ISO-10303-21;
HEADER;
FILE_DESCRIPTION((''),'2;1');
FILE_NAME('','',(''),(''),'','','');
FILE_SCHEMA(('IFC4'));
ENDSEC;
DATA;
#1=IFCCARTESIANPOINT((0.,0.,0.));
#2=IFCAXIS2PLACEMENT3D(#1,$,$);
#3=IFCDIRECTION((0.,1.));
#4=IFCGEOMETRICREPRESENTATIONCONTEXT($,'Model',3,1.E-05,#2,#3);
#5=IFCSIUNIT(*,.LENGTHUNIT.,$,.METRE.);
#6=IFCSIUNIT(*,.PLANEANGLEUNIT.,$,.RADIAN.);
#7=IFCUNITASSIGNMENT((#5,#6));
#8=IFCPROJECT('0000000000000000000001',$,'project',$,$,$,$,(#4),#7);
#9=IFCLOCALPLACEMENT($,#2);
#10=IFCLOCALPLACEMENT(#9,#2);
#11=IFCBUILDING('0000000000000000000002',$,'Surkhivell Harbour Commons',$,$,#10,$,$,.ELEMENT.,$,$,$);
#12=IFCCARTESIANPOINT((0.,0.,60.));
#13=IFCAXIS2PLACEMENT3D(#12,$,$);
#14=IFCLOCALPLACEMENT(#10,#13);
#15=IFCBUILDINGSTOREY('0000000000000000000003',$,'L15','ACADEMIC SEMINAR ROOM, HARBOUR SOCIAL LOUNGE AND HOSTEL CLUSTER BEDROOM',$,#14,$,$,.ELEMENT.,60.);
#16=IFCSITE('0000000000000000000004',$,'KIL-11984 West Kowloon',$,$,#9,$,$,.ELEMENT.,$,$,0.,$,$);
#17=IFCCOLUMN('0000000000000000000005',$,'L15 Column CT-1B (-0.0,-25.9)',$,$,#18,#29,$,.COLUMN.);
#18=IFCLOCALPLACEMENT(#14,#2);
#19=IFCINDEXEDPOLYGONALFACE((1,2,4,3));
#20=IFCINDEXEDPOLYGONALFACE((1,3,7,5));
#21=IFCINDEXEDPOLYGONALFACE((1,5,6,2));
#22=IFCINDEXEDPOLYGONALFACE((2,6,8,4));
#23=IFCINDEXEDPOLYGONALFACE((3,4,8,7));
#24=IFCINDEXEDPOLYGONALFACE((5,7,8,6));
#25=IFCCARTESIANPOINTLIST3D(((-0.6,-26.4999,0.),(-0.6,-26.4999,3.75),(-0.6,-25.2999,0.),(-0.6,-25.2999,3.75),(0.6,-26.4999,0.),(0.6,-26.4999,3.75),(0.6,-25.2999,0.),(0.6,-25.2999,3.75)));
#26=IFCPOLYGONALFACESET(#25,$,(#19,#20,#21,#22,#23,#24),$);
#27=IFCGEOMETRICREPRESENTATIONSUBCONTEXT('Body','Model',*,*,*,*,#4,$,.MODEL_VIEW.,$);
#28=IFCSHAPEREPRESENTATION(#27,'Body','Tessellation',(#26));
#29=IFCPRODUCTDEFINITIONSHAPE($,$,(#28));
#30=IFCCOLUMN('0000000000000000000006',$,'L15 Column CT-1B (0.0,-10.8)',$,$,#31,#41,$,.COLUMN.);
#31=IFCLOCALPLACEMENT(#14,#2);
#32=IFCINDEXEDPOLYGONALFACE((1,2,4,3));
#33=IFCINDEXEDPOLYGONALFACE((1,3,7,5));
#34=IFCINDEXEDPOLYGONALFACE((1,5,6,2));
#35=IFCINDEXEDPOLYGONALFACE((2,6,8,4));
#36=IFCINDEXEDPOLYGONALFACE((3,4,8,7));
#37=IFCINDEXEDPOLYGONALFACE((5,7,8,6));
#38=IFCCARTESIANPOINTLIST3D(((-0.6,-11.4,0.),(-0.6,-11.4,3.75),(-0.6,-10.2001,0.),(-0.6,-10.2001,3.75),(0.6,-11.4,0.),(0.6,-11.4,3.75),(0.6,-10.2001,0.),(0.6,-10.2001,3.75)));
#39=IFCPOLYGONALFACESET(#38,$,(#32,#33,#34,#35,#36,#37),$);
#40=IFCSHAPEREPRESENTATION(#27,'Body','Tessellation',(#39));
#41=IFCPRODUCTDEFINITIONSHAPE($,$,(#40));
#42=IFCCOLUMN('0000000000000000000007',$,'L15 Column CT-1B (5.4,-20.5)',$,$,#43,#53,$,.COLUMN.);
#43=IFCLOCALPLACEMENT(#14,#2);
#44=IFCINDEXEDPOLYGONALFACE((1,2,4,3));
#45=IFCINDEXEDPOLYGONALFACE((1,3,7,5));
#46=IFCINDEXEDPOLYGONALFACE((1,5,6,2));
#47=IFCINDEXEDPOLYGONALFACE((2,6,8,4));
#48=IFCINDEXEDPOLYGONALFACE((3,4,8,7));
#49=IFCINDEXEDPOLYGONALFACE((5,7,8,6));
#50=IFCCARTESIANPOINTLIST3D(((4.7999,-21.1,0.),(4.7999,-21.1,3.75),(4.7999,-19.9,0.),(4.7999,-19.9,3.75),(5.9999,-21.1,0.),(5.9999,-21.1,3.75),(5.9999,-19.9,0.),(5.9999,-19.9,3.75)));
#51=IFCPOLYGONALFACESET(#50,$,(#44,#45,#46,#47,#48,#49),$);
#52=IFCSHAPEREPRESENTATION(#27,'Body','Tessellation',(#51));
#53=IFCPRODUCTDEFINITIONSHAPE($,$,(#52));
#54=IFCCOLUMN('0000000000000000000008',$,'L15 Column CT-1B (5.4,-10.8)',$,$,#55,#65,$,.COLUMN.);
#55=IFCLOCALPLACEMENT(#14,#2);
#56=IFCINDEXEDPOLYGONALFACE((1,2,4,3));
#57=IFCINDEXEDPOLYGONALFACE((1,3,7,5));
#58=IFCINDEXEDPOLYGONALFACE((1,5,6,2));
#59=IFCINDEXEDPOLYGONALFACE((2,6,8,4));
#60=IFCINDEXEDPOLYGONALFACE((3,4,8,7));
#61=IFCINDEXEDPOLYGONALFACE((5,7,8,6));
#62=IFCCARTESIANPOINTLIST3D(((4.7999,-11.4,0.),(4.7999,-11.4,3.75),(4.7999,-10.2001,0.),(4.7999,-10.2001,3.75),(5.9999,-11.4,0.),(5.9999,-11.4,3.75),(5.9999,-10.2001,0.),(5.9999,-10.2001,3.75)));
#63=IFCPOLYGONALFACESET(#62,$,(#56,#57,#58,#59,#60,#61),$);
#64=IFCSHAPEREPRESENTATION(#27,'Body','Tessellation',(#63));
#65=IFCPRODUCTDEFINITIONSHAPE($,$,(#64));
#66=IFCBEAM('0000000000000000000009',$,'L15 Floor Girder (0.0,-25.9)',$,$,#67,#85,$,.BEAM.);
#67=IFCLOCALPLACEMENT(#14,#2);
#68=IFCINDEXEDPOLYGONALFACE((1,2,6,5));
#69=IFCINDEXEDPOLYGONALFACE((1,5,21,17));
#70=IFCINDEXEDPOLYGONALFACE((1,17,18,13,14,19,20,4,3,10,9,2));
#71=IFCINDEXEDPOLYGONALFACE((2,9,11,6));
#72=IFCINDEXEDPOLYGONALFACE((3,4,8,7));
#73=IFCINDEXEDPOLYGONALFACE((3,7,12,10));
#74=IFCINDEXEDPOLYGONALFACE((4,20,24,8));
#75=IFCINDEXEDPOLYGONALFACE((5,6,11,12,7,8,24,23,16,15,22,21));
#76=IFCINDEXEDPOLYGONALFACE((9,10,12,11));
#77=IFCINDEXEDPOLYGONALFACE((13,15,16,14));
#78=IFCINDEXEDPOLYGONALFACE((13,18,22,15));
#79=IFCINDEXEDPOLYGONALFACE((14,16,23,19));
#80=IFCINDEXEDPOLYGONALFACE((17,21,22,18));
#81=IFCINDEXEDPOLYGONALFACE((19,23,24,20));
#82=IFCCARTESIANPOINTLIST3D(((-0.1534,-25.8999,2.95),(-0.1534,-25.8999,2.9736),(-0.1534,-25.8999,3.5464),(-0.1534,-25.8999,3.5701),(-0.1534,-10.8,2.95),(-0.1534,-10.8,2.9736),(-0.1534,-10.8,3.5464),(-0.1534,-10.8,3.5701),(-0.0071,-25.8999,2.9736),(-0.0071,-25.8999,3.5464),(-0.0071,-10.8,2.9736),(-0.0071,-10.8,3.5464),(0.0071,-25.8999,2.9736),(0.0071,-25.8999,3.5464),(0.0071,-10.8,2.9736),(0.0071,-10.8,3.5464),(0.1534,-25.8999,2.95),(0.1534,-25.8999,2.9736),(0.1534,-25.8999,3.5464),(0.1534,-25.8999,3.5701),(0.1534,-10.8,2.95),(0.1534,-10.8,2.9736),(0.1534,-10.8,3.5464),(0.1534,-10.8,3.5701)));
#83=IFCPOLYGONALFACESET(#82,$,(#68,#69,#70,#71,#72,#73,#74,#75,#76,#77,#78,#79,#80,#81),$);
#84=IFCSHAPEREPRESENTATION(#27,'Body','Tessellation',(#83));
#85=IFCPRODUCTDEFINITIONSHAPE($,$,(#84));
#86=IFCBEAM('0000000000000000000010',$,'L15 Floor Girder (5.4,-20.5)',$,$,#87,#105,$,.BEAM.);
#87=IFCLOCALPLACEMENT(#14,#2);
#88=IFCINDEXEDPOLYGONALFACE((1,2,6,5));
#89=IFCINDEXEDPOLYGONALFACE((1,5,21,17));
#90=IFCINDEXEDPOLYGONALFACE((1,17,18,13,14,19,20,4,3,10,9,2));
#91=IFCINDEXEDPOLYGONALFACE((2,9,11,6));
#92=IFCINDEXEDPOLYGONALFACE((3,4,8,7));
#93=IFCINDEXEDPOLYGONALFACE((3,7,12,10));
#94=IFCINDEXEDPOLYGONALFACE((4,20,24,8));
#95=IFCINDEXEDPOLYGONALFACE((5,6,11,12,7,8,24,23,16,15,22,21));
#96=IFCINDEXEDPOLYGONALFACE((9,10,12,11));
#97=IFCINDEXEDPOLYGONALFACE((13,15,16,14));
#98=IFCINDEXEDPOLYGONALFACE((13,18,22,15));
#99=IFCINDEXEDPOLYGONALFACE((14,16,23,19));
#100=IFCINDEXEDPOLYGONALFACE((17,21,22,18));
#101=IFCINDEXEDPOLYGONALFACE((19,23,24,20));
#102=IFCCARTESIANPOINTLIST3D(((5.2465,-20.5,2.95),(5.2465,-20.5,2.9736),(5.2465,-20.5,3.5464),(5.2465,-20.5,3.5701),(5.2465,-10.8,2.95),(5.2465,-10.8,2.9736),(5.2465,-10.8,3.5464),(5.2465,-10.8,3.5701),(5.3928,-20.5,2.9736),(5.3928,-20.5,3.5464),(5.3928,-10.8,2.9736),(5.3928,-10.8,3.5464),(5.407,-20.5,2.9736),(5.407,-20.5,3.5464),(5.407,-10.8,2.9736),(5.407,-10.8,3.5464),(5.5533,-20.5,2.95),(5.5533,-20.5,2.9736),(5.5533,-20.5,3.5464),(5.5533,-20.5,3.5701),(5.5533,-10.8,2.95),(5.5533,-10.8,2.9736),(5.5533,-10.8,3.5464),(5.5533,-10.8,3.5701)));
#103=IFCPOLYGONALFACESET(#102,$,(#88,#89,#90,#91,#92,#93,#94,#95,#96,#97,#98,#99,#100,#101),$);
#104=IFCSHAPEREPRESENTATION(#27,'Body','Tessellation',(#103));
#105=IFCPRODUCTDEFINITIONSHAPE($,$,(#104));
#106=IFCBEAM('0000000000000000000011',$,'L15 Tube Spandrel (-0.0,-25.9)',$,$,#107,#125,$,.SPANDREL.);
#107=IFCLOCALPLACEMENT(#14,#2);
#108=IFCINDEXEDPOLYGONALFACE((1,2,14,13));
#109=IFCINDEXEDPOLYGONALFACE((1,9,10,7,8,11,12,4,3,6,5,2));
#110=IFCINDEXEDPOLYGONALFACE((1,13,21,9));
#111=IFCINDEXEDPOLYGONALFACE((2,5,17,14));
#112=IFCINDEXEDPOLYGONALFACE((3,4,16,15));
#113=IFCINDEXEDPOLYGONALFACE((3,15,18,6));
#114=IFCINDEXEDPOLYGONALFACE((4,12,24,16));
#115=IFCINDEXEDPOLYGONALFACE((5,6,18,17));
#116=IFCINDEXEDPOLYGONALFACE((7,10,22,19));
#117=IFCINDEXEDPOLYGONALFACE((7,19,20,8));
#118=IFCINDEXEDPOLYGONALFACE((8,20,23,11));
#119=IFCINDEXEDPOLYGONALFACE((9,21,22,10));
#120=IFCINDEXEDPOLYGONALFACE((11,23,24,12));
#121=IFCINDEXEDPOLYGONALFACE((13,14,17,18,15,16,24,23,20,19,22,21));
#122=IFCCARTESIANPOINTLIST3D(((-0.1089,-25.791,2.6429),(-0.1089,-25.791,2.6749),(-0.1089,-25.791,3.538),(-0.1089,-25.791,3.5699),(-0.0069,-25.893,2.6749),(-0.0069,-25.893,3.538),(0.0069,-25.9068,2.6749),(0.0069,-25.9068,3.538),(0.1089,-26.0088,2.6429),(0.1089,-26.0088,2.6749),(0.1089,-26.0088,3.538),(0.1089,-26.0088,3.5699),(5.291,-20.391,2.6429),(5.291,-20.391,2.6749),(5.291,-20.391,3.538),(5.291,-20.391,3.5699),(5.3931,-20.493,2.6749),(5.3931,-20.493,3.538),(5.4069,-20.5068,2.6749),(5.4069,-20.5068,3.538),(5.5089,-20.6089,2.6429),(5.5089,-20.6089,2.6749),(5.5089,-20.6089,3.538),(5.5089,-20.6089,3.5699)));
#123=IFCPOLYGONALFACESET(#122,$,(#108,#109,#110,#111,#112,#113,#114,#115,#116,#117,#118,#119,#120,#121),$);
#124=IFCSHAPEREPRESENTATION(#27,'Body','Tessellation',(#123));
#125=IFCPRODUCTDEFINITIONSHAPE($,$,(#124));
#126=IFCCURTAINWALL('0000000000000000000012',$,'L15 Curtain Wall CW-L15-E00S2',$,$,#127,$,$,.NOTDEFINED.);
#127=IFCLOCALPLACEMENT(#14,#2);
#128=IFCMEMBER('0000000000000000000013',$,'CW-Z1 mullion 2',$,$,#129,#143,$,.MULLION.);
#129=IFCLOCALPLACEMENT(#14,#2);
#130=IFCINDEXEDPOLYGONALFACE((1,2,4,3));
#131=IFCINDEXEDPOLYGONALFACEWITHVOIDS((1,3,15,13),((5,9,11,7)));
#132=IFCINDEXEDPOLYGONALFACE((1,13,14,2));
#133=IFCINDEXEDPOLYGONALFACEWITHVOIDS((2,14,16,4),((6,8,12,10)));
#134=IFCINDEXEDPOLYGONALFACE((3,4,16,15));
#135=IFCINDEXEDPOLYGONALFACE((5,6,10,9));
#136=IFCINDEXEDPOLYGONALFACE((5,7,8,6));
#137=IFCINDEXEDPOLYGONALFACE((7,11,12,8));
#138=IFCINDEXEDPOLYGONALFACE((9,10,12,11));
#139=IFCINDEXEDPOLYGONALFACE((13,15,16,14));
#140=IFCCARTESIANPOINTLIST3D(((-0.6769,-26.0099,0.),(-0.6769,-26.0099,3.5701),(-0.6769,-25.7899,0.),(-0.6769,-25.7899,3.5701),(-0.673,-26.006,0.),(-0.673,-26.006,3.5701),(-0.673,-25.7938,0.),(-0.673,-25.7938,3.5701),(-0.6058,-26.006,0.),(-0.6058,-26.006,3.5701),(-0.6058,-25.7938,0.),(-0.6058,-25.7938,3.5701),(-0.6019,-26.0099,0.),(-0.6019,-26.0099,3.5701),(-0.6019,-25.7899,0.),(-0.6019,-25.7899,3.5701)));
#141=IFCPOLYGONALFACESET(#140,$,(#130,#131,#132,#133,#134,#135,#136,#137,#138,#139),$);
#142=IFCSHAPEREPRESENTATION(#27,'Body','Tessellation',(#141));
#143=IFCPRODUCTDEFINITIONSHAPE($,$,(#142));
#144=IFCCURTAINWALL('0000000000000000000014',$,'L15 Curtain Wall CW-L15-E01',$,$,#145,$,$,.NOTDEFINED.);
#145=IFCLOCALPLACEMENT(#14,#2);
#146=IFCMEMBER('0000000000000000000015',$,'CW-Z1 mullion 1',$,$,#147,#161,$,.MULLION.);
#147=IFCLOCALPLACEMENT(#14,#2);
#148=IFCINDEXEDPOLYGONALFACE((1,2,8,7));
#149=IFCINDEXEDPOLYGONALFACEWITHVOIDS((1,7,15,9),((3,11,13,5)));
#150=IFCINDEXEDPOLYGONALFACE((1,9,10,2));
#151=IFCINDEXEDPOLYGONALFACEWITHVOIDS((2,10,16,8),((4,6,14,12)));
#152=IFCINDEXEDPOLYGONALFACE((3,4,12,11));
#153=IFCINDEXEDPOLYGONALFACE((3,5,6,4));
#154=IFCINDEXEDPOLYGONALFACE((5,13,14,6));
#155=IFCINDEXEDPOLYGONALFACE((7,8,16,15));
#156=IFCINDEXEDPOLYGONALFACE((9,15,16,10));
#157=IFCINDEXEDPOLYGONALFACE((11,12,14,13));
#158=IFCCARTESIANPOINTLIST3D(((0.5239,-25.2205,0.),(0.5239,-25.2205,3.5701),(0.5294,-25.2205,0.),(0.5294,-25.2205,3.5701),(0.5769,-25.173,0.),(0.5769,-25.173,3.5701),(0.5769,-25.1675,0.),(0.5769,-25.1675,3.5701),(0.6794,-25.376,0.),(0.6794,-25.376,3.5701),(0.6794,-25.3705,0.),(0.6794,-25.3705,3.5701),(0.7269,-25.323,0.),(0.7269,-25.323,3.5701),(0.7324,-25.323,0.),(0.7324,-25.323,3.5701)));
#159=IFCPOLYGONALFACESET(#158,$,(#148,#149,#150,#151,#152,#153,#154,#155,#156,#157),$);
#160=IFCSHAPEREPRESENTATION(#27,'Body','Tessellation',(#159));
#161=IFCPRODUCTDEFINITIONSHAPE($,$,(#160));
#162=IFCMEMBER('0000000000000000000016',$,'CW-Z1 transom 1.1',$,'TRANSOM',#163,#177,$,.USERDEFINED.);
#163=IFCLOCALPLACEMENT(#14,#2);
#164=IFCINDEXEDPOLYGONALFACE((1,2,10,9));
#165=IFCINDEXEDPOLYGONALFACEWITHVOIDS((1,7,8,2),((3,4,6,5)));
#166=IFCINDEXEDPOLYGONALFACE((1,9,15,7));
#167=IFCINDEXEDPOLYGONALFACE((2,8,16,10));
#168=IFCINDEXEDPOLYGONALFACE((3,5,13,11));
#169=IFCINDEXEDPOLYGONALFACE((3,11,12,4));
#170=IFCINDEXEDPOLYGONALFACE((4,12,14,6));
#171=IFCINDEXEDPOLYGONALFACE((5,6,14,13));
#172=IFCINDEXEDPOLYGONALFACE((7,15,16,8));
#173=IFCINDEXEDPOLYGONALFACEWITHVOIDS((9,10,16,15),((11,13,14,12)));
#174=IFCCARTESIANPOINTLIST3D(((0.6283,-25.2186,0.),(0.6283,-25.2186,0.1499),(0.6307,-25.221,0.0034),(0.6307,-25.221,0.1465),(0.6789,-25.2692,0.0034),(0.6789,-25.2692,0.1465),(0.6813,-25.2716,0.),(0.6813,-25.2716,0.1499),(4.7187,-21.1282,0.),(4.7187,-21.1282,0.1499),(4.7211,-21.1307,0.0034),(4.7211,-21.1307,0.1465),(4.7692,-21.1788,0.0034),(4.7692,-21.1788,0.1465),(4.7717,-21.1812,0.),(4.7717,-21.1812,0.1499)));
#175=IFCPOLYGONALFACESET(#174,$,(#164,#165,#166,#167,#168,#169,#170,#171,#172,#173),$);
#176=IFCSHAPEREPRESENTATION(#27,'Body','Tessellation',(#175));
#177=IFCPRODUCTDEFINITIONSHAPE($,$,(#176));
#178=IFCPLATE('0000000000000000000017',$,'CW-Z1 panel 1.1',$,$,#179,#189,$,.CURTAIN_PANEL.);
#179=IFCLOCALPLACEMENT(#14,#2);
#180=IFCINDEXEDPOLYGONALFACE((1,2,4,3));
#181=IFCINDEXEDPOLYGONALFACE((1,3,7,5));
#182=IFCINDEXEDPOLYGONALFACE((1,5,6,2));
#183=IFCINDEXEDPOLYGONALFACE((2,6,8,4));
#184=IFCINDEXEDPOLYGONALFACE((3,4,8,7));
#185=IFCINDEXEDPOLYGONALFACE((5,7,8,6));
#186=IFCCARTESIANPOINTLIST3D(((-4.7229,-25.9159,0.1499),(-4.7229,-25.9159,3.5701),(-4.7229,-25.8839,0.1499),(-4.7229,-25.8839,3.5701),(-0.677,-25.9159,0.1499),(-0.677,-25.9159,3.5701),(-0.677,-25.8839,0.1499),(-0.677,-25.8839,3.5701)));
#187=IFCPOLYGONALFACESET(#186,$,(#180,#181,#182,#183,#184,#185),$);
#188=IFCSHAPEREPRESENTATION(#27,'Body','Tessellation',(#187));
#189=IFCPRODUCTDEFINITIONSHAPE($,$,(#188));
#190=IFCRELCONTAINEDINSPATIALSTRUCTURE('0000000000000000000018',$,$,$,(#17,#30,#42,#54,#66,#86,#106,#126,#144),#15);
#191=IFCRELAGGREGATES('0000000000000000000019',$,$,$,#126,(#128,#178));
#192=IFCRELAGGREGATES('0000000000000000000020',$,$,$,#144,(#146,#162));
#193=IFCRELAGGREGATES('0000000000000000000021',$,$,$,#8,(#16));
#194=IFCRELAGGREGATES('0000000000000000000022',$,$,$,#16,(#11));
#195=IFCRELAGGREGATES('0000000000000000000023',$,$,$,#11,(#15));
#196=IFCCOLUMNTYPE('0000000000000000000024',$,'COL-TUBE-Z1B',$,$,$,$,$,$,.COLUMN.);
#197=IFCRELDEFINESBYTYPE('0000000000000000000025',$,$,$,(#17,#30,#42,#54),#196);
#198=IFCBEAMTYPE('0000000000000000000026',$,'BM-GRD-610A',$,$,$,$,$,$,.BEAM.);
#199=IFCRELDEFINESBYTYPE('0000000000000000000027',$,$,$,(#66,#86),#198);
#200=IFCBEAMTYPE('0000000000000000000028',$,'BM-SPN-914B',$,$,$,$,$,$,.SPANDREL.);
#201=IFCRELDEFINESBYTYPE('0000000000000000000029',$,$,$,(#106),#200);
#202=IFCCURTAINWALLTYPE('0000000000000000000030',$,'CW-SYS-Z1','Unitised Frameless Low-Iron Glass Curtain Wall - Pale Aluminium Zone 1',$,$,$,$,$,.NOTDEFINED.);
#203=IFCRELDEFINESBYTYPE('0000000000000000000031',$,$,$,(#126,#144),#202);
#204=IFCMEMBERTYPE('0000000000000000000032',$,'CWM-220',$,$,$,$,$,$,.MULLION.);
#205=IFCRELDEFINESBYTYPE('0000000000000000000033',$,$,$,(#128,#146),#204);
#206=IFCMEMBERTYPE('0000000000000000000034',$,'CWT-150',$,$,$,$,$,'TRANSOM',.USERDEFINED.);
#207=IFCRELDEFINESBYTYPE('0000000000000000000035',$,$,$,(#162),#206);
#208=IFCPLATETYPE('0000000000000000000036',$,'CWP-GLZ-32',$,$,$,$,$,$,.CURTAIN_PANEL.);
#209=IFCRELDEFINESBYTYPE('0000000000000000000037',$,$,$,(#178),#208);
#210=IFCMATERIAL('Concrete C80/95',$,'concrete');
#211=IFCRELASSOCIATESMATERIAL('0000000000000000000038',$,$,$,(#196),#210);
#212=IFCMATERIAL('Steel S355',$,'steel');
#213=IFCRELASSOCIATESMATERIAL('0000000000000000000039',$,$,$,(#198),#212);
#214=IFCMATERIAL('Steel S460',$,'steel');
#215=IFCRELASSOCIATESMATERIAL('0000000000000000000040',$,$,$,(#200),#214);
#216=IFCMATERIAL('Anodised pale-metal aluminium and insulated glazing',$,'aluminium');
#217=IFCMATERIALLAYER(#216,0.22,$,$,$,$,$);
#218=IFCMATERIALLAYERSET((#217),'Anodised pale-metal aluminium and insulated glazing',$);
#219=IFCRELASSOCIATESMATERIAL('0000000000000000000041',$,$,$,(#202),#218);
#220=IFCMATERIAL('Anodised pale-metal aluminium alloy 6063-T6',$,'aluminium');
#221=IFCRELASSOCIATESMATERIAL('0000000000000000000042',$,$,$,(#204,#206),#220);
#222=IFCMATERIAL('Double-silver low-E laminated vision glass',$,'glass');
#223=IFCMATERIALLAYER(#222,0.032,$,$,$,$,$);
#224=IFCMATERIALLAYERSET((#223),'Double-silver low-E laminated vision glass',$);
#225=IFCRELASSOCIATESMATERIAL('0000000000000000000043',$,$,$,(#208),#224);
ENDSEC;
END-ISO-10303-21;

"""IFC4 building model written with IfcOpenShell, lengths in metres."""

from ifc_helpers import new_model, si_unit, direction, frame, frame_2d, origin, origin_2d, place, context, subcontext, project, spatial, rectangle, hollow_rectangle, i_section, extrude, material, layer, layer_set, material_profile, profile_set, type_object, element, aggregate, save


model = new_model("IFC4")

# Units and contexts
model_context = context("Model", 3, precision=1e-05, world=origin(), true_north=direction((0.0, 1.0)))
body_context = subcontext(model_context, "Body", "Model", "MODEL_VIEW")
ifc_project = project(units=[si_unit("LENGTHUNIT", "METRE"), si_unit("PLANEANGLEUNIT", "RADIAN")], contexts=[model_context])

# Site, building, storey
site_placement = place(None, origin())
site = spatial("IfcSite", under=ifc_project, at=site_placement, Name="KIL-11984 West Kowloon", CompositionType="ELEMENT", RefElevation=0.0)
building_placement = place(site_placement, origin())
building = spatial("IfcBuilding", under=site, at=building_placement, Name="Surkhivell Harbour Commons", CompositionType="ELEMENT")
storey_placement = place(building_placement, frame((0.0, 0.0, 60.0)))
storey = spatial("IfcBuildingStorey", under=building, at=storey_placement, Name="L15", Description="ACADEMIC SEMINAR ROOM, HARBOUR SOCIAL LOUNGE AND HOSTEL CLUSTER BEDROOM", CompositionType="ELEMENT", Elevation=60.0)

# Columns
ifc_material_1 = material(Name="Concrete C80/95", Category="concrete")
ifc_material_profile_1 = material_profile(ifc_material_1, rectangle(XDim=1.2, YDim=1.2, at=origin_2d()), Name="RC-COL-1200x1200")
ifc_profile_set_1 = profile_set([ifc_material_profile_1], Name="Concrete C80/95")
column_type = type_object("IfcColumnType", Name="COL-TUBE-Z1B", PredefinedType="COLUMN", material=ifc_profile_set_1)
for number, where, z_axis, x_axis, name in (
    (1, (0.0, -25.8999, 0.0), (0.0, 0.0, 1.0), (1.0, 0.0, 0.0), "L15 Column CT-1B (-0.0,-25.9)"),
    (2, (0.0, -10.8, 0.0), (0.0, 0.0, 1.0), (1.0, 0.0, 0.0), "L15 Column CT-1B (0.0,-10.8)"),
    (3, (5.3999, -20.5, 0.0), (0.0, 0.0, 1.0), (1.0, 0.0, 0.0), "L15 Column CT-1B (5.4,-20.5)"),
    (4, (5.3999, -10.8, 0.0), (0.0, 0.0, 1.0), (1.0, 0.0, 0.0), "L15 Column CT-1B (5.4,-10.8)"),
):
    element("IfcColumn", number, at=place(storey_placement, frame(where, z_axis=z_axis, x_axis=x_axis)), inside=storey, type_object=column_type, Name=name, PredefinedType="COLUMN", context=body_context, shape_type="SweptSolid", body=[
        extrude(rectangle(XDim=1.2, YDim=1.2, at=origin_2d()), origin(), (0.0, 0.0, 1.0), 3.75),
    ])

# Beams
ifc_material_2 = material(Name="Steel S355", Category="steel")
ifc_material_profile_2 = material_profile(ifc_material_2, i_section(OverallWidth=0.3069, OverallDepth=0.6201, WebThickness=0.0142, FlangeThickness=0.0237, at=origin_2d()), Name="UB610x305x179")
ifc_profile_set_2 = profile_set([ifc_material_profile_2], Name="Steel S355")
beam_type_1 = type_object("IfcBeamType", Name="BM-GRD-610A", PredefinedType="BEAM", material=ifc_profile_set_2)
beam_1_placement = place(storey_placement, frame((0.0, -25.8999, 3.26), z_axis=(0.0, 1.0, 0.0), x_axis=(-1.0, 0.0, 0.0)))
element("IfcBeam", 5, at=beam_1_placement, inside=storey, type_object=beam_type_1, Name="L15 Floor Girder (0.0,-25.9)", PredefinedType="BEAM", context=body_context, shape_type="SweptSolid", body=[
    extrude(i_section(OverallWidth=0.3069, OverallDepth=0.6201, WebThickness=0.0142, FlangeThickness=0.0237, at=origin_2d()), origin(), (0.0, 0.0, 1.0), 15.0999),
])
beam_2_placement = place(storey_placement, frame((5.3999, -20.5, 3.26), z_axis=(0.0, 1.0, 0.0), x_axis=(-1.0, 0.0, 0.0)))
element("IfcBeam", 6, at=beam_2_placement, inside=storey, type_object=beam_type_1, Name="L15 Floor Girder (5.4,-20.5)", PredefinedType="BEAM", context=body_context, shape_type="SweptSolid", body=[
    extrude(i_section(OverallWidth=0.3069, OverallDepth=0.6201, WebThickness=0.0142, FlangeThickness=0.0237, at=origin_2d()), origin(), (0.0, 0.0, 1.0), 9.7),
])
ifc_material_3 = material(Name="Steel S460", Category="steel")
ifc_material_profile_3 = material_profile(ifc_material_3, i_section(OverallWidth=0.3081, OverallDepth=0.927, WebThickness=0.0195, FlangeThickness=0.032, at=origin_2d()), Name="UB914x305x289")
ifc_profile_set_3 = profile_set([ifc_material_profile_3], Name="Steel S460")
beam_type_2 = type_object("IfcBeamType", Name="BM-SPN-914B", PredefinedType="SPANDREL", material=ifc_profile_set_3)
beam_3_placement = place(storey_placement, frame((0.0, -25.8999, 3.1064), z_axis=(0.707107, 0.707107, 0.0), x_axis=(-0.707107, 0.707107, 0.0)))
element("IfcBeam", 7, at=beam_3_placement, inside=storey, type_object=beam_type_2, Name="L15 Tube Spandrel (-0.0,-25.9)", PredefinedType="SPANDREL", context=body_context, shape_type="SweptSolid", body=[
    extrude(i_section(OverallWidth=0.3081, OverallDepth=0.927, WebThickness=0.0195, FlangeThickness=0.032, at=origin_2d()), origin(), (0.0, 0.0, 1.0), 7.6367),
])

# Curtain wall, member
ifc_material_4 = material(Name="Anodised pale-metal aluminium and insulated glazing", Category="aluminium")
ifc_layer_1 = layer(ifc_material_4, 0.22)
ifc_layer_set_1 = layer_set([ifc_layer_1], Name="Anodised pale-metal aluminium and insulated glazing")
curtain_wall_type = type_object("IfcCurtainWallType", Name="CW-SYS-Z1", Description="Unitised Frameless Low-Iron Glass Curtain Wall - Pale Aluminium Zone 1", PredefinedType="NOTDEFINED", material=ifc_layer_set_1)
curtain_wall_1_placement = place(storey_placement, origin())
curtain_wall_1 = element("IfcCurtainWall", 8, at=curtain_wall_1_placement, inside=storey, type_object=curtain_wall_type, Name="L15 Curtain Wall CW-L15-E00S2", PredefinedType="NOTDEFINED")
ifc_material_5 = material(Name="Anodised pale-metal aluminium alloy 6063-T6", Category="aluminium")
ifc_material_profile_4 = material_profile(ifc_material_5, hollow_rectangle(XDim=0.075, YDim=0.22, WallThickness=0.0039, at=origin_2d()), Name="ALU-MULL-75x220")
ifc_profile_set_4 = profile_set([ifc_material_profile_4], Name="Anodised pale-metal aluminium alloy 6063-T6")
member_type_1 = type_object("IfcMemberType", Name="CWM-220", PredefinedType="MULLION", material=ifc_profile_set_4)
member_1_placement = place(storey_placement, frame((-0.6394, -25.8999, 0.0), z_axis=(0.0, 0.0, 1.0), x_axis=(1.0, 0.0, 0.0)))
member_1 = element("IfcMember", 9, at=member_1_placement, type_object=member_type_1, Name="CW-Z1 mullion 2", PredefinedType="MULLION", context=body_context, shape_type="SweptSolid", body=[
    extrude(hollow_rectangle(XDim=0.075, YDim=0.22, WallThickness=0.0039, at=origin_2d()), origin(), (0.0, 0.0, 1.0), 3.5701),
])

# Curtain wall, members
curtain_wall_2_placement = place(storey_placement, origin())
curtain_wall_2 = element("IfcCurtainWall", 10, at=curtain_wall_2_placement, inside=storey, type_object=curtain_wall_type, Name="L15 Curtain Wall CW-L15-E01", PredefinedType="NOTDEFINED")
member_2_placement = place(storey_placement, frame((0.6282, -25.2717, 0.0), z_axis=(0.0, 0.0, 1.0), x_axis=(0.707107, 0.707107, 0.0)))
member_2 = element("IfcMember", 11, at=member_2_placement, type_object=member_type_1, Name="CW-Z1 mullion 1", PredefinedType="MULLION", context=body_context, shape_type="SweptSolid", body=[
    extrude(hollow_rectangle(XDim=0.075, YDim=0.22, WallThickness=0.0039, at=origin_2d()), origin(), (0.0, 0.0, 1.0), 3.5701),
])
ifc_material_profile_5 = material_profile(ifc_material_5, hollow_rectangle(XDim=0.075, YDim=0.1499, WallThickness=0.0034, at=origin_2d()), Name="ALU-TRAN-75x150")
ifc_profile_set_5 = profile_set([ifc_material_profile_5], Name="Anodised pale-metal aluminium alloy 6063-T6")
member_type_2 = type_object("IfcMemberType", Name="CWT-150", ElementType="TRANSOM", PredefinedType="USERDEFINED", material=ifc_profile_set_5)
member_3_placement = place(storey_placement, frame((0.6548, -25.2451, 0.075), z_axis=(0.707107, 0.707107, 0.0), x_axis=(-0.707107, 0.707107, 0.0)))
member_3 = element("IfcMember", 12, at=member_3_placement, type_object=member_type_2, Name="CW-Z1 transom 1.1", ObjectType="TRANSOM", PredefinedType="USERDEFINED", context=body_context, shape_type="SweptSolid", body=[
    extrude(hollow_rectangle(XDim=0.075, YDim=0.1499, WallThickness=0.0034, at=origin_2d()), origin(), (0.0, 0.0, 1.0), 5.7847),
])

# Plate
ifc_material_6 = material(Name="Double-silver low-E laminated vision glass", Category="glass")
ifc_layer_2 = layer(ifc_material_6, 0.032)
ifc_layer_set_2 = layer_set([ifc_layer_2], Name="Double-silver low-E laminated vision glass")
plate_type = type_object("IfcPlateType", Name="CWP-GLZ-32", PredefinedType="CURTAIN_PANEL", material=ifc_layer_set_2)
plate_1_placement = place(storey_placement, frame((-4.7229, -25.8999, 0.1499), z_axis=(0.0, 0.0, 1.0), x_axis=(1.0, 0.0, 0.0)))
plate_1 = element("IfcPlate", 13, at=plate_1_placement, type_object=plate_type, Name="CW-Z1 panel 1.1", PredefinedType="CURTAIN_PANEL", context=body_context, shape_type="SweptSolid", body=[
    extrude(rectangle(XDim=4.0459, YDim=0.032, at=frame_2d((2.0229, 0.0))), origin(), (0.0, 0.0, 1.0), 3.4202),
])
aggregate(curtain_wall_1, [member_1, plate_1])
aggregate(curtain_wall_2, [member_2, member_3])

save(model, "model.ifc")
